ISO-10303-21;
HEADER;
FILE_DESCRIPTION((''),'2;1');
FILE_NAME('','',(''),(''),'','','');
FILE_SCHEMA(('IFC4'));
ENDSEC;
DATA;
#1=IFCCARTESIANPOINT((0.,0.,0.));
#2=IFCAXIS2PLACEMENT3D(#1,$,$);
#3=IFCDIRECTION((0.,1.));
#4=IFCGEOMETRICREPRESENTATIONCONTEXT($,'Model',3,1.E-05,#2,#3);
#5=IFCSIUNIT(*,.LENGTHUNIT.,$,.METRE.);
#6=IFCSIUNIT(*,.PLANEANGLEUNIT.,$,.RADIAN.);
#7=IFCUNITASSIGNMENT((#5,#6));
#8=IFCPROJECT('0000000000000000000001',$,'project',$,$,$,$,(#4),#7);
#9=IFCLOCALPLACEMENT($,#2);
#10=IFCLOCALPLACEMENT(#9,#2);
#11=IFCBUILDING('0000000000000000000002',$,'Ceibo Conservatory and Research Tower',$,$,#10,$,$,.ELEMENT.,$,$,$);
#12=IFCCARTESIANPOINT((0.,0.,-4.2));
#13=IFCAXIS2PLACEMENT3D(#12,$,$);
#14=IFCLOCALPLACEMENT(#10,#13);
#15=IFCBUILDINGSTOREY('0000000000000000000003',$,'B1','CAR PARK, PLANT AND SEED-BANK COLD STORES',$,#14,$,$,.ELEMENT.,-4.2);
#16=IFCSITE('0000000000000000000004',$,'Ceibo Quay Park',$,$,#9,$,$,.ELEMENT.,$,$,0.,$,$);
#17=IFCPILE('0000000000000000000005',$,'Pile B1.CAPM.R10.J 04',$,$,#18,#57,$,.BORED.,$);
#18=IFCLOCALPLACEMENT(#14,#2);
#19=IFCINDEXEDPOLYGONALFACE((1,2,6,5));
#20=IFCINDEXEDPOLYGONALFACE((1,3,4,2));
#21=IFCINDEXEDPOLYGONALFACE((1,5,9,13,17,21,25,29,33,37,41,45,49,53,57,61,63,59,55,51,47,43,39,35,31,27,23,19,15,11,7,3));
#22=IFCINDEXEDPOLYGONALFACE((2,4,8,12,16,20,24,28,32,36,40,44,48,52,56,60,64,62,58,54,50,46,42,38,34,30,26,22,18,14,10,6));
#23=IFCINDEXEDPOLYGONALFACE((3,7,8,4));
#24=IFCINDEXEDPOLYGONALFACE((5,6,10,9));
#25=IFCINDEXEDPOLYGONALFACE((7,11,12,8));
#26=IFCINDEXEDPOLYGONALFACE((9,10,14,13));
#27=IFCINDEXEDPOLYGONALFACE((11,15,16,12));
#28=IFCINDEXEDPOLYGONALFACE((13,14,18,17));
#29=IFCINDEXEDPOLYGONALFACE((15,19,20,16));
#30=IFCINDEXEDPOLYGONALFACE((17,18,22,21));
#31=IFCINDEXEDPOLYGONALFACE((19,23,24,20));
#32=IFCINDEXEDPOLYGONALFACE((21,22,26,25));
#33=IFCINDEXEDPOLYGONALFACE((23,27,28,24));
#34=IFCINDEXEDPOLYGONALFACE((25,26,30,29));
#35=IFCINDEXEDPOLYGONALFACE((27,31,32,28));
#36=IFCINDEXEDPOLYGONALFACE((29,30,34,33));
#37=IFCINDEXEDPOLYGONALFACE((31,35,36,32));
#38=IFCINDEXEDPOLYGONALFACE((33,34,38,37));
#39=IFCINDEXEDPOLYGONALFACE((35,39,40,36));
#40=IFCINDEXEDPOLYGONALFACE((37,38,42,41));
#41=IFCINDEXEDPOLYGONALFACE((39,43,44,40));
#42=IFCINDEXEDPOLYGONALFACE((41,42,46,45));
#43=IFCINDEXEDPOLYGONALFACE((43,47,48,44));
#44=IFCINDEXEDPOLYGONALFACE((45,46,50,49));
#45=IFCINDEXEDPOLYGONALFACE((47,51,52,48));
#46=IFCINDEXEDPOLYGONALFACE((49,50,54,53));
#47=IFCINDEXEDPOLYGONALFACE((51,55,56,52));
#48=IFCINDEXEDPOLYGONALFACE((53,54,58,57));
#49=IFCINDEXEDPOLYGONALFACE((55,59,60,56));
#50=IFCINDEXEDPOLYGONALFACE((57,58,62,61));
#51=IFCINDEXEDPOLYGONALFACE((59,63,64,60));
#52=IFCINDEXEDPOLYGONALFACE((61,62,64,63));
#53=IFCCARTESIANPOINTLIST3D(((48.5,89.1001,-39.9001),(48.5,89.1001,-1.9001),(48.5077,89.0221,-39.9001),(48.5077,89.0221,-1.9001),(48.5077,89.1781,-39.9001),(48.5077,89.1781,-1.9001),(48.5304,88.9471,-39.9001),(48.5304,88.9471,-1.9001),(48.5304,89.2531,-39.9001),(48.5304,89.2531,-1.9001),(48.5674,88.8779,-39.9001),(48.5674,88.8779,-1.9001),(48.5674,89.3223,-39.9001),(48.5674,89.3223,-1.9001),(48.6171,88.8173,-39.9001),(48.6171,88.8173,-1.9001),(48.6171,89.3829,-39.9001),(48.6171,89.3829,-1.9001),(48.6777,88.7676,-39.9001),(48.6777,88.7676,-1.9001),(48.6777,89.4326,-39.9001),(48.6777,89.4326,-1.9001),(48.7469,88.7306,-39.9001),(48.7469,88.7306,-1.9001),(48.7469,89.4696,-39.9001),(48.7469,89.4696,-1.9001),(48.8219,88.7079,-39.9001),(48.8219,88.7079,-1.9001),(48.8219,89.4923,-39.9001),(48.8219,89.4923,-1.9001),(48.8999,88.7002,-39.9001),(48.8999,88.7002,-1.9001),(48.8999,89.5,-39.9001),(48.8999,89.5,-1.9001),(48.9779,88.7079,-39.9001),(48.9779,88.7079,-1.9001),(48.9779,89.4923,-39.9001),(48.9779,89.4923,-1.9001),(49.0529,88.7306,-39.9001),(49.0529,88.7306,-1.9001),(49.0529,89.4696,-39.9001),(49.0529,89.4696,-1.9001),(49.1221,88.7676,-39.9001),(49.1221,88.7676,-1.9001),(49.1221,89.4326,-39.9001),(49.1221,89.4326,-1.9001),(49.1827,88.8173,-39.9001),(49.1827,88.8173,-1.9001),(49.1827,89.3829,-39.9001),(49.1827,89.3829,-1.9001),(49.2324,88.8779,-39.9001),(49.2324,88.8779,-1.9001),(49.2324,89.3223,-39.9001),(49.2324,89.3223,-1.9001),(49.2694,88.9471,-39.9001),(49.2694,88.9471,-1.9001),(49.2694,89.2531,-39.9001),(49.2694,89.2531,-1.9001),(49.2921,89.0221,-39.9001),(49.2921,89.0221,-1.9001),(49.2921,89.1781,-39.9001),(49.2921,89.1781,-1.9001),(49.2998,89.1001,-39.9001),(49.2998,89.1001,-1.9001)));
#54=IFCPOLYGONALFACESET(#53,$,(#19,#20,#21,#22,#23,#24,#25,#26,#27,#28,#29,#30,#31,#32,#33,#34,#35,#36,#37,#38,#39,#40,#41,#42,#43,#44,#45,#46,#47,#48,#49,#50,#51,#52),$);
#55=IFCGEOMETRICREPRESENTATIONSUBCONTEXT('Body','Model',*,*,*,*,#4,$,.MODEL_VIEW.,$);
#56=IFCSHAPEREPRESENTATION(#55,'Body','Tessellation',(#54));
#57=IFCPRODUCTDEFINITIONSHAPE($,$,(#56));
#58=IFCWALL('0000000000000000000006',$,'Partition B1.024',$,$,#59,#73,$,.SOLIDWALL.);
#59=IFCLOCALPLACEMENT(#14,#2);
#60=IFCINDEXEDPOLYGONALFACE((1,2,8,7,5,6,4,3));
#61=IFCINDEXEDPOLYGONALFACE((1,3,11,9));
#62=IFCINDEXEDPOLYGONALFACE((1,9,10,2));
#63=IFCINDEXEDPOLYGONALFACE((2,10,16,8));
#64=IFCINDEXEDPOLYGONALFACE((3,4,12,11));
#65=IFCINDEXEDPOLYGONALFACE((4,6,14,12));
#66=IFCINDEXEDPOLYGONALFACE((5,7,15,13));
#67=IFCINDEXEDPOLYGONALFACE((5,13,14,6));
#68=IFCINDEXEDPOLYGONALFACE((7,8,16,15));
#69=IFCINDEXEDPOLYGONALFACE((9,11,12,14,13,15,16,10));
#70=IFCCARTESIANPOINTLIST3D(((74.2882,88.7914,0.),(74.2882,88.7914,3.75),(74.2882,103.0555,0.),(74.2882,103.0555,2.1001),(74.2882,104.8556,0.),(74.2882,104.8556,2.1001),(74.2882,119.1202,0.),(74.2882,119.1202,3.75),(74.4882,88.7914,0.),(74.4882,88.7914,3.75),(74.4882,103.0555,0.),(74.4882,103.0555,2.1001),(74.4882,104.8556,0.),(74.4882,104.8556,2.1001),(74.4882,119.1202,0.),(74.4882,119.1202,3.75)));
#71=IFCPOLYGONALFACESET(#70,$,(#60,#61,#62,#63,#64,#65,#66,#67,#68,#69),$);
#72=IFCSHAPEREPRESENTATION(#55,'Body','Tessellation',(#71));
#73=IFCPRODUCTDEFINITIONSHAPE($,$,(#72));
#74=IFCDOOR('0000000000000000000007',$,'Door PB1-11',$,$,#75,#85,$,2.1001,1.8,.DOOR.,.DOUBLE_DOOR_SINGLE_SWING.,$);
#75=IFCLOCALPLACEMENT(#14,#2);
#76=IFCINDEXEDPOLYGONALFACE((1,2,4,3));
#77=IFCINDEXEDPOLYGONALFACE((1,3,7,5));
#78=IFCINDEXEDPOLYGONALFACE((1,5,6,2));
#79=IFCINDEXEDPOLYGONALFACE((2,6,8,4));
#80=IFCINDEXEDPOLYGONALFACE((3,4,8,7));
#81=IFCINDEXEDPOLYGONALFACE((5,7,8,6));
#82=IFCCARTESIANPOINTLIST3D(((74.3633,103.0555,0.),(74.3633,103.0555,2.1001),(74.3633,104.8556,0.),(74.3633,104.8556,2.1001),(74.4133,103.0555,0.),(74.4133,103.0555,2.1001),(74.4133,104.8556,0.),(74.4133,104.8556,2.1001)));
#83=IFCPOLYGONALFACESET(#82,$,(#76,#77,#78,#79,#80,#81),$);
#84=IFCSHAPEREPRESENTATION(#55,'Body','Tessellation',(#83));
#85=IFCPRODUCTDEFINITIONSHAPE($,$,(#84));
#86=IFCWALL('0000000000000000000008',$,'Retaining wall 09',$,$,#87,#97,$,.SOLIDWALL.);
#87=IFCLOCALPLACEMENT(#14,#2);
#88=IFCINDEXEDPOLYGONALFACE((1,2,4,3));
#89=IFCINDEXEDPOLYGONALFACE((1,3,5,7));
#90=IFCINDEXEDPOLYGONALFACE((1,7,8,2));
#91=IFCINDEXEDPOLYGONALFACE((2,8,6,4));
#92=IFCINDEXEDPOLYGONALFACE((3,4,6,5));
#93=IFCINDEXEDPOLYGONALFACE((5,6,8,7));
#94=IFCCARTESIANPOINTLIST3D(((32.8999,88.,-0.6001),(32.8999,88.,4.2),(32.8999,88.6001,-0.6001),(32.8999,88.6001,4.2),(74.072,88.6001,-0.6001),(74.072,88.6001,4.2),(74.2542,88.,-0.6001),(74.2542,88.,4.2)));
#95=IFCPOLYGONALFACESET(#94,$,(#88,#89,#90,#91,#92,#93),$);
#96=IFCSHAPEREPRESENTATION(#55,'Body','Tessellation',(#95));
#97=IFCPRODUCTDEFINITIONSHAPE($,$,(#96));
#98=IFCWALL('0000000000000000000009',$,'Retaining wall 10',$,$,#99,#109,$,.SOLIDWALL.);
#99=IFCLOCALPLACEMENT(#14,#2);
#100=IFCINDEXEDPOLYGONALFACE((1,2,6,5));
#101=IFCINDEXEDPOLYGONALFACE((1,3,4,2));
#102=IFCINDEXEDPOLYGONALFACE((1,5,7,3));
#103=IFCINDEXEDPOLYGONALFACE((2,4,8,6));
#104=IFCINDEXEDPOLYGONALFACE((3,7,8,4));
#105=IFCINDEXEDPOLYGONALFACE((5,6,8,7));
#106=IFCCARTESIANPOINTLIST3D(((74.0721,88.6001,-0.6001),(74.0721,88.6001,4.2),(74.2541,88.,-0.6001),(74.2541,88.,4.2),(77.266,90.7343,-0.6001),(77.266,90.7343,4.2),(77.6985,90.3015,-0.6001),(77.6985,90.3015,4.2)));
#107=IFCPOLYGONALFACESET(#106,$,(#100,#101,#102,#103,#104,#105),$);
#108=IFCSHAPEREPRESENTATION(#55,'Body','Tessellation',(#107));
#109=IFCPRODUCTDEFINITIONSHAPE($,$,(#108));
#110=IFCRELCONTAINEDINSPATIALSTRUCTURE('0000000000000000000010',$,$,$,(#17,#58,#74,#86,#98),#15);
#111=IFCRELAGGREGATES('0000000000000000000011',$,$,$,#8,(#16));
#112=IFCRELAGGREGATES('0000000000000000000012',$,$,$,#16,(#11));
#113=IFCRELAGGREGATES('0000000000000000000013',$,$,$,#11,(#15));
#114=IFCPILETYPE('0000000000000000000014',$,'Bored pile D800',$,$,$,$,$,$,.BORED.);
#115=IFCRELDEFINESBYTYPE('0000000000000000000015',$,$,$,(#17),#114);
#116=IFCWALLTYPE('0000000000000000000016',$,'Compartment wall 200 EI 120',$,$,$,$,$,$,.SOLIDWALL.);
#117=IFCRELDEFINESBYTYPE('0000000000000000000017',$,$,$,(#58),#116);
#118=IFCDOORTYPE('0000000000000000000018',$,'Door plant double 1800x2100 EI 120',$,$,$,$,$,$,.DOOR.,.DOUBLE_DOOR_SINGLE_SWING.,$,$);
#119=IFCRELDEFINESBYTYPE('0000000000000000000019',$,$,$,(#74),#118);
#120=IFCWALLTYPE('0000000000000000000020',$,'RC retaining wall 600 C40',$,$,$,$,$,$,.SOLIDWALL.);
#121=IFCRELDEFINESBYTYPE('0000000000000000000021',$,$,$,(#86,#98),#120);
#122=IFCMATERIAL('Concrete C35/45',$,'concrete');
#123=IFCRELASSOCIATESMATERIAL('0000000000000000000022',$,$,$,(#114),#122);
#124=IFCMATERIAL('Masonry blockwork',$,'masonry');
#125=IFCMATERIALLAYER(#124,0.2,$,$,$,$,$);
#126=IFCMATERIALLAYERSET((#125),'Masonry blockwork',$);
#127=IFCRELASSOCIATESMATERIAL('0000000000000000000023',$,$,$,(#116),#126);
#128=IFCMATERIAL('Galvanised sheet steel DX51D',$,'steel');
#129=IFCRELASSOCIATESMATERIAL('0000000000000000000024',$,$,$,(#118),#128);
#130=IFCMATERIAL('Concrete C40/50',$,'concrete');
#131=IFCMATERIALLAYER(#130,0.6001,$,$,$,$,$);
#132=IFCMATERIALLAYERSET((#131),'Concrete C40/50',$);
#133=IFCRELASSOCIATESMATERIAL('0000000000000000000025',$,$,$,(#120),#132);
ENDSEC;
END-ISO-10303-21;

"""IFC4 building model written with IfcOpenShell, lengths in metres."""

from ifc_helpers import new_model, si_unit, direction, frame, frame_2d, origin, origin_2d, place, context, subcontext, project, spatial, polyline, rectangle, circle, outline, extrude, material, layer, layer_set, material_profile, profile_set, type_object, element, fill, save


model = new_model("IFC4")

# Units and contexts
model_context = context("Model", 3, precision=1e-05, world=origin(), true_north=direction((0.0, 1.0)))
body_context = subcontext(model_context, "Body", "Model", "MODEL_VIEW")
ifc_project = project(units=[si_unit("LENGTHUNIT", "METRE"), si_unit("PLANEANGLEUNIT", "RADIAN")], contexts=[model_context])

# Site, building, storey
site_placement = place(None, origin())
site = spatial("IfcSite", under=ifc_project, at=site_placement, Name="Ceibo Quay Park", CompositionType="ELEMENT", RefElevation=0.0)
building_placement = place(site_placement, origin())
building = spatial("IfcBuilding", under=site, at=building_placement, Name="Ceibo Conservatory and Research Tower", CompositionType="ELEMENT")
storey_placement = place(building_placement, frame((0.0, 0.0, -4.2)))
storey = spatial("IfcBuildingStorey", under=building, at=storey_placement, Name="B1", Description="CAR PARK, PLANT AND SEED-BANK COLD STORES", CompositionType="ELEMENT", Elevation=-4.2)

# Pile
ifc_material_1 = material(Name="Concrete C35/45", Category="concrete")
ifc_material_profile_1 = material_profile(ifc_material_1, circle(Radius=0.3999, at=origin_2d()), Name="RC D800")
ifc_profile_set_1 = profile_set([ifc_material_profile_1], Name="Concrete C35/45")
pile_type_1 = type_object("IfcPileType", Name="Bored pile D800", PredefinedType="BORED", material=ifc_profile_set_1)
pile_placement = place(storey_placement, frame((48.8999, 89.1001, -1.9001), z_axis=(0.0, 0.0, -1.0), x_axis=(1.0, 0.0, 0.0)))
element("IfcPile", 1, at=pile_placement, inside=storey, type_object=pile_type_1, Name="Pile B1.CAPM.R10.J 04", PredefinedType="BORED", context=body_context, shape_type="SweptSolid", body=[
    extrude(circle(Radius=0.3999, at=origin_2d()), origin(), (0.0, 0.0, 1.0), 38.0),
])

# Wall, opening, door
ifc_material_2 = material(Name="Masonry blockwork", Category="masonry")
ifc_layer_1 = layer(ifc_material_2, 0.2)
ifc_layer_set_1 = layer_set([ifc_layer_1], Name="Masonry blockwork")
wall_type_1 = type_object("IfcWallType", Name="Compartment wall 200 EI 120", PredefinedType="SOLIDWALL", material=ifc_layer_set_1)
wall_1_placement = place(storey_placement, frame((74.3882, 88.7913, 0.0), z_axis=(0.0, 0.0, 1.0), x_axis=(0.0, 1.0, 0.0)))
wall_1 = element("IfcWall", 2, at=wall_1_placement, inside=storey, type_object=wall_type_1, Name="Partition B1.024", PredefinedType="SOLIDWALL", context=body_context, shape_type="SweptSolid", body=[
    extrude(rectangle(XDim=30.3289, YDim=0.2, at=frame_2d((15.1646, 0.0))), origin(), (0.0, 0.0, 1.0), 3.75),
])
opening_placement = place(wall_1_placement, frame((14.2644, 0.0, 0.0)))
opening = element("IfcOpeningElement", 3, at=opening_placement, cuts=wall_1, PredefinedType="OPENING", context=body_context, shape_type="SweptSolid", body=[
    extrude(rectangle(XDim=1.8, YDim=2.1001, at=frame_2d((0.8999, 1.05))), frame((0.0, 0.1099, 0.0), z_axis=(0.0, -1.0, 0.0), x_axis=(1.0, 0.0, 0.0)), (0.0, 0.0, 1.0), 0.22),
])
ifc_material_3 = material(Name="Galvanised sheet steel DX51D", Category="steel")
door_type = type_object("IfcDoorType", Name="Door plant double 1800x2100 EI 120", OperationType="DOUBLE_DOOR_SINGLE_SWING", PredefinedType="DOOR", material=ifc_material_3)
door_placement = place(opening_placement, origin())
door = element("IfcDoor", 4, at=door_placement, inside=storey, type_object=door_type, Name="Door PB1-11", OperationType="DOUBLE_DOOR_SINGLE_SWING", OverallHeight=2.1001, OverallWidth=1.8, PredefinedType="DOOR", context=body_context, shape_type="SweptSolid", body=[
    extrude(rectangle(XDim=1.8, YDim=2.1001, at=frame_2d((0.8999, 1.05))), frame((0.0, 0.0249, 0.0), z_axis=(0.0, -1.0, 0.0), x_axis=(1.0, 0.0, 0.0)), (0.0, 0.0, 1.0), 0.05),
])
fill(opening, door)

# Walls
ifc_material_4 = material(Name="Concrete C40/50", Category="concrete")
ifc_layer_2 = layer(ifc_material_4, 0.6001)
ifc_layer_set_2 = layer_set([ifc_layer_2], Name="Concrete C40/50")
wall_type_2 = type_object("IfcWallType", Name="RC retaining wall 600 C40", PredefinedType="SOLIDWALL", material=ifc_layer_set_2)
wall_2_placement = place(storey_placement, frame((32.8999, 88.3, -0.6001), z_axis=(0.0, 0.0, 1.0), x_axis=(1.0, 0.0, 0.0)))
element("IfcWall", 5, at=wall_2_placement, inside=storey, type_object=wall_type_2, Name="Retaining wall 09", PredefinedType="SOLIDWALL", context=body_context, shape_type="SweptSolid", body=[
    extrude(outline(polyline([(0.0, -0.3), (41.3542, -0.3), (41.1721, 0.3), (0.0, 0.3), (0.0, -0.3)])), origin(), (0.0, 0.0, 1.0), 4.8),
])
wall_3_placement = place(storey_placement, frame((74.1631, 88.3, -0.6001), z_axis=(0.0, 0.0, 1.0), x_axis=(0.831466, 0.555575, 0.0)))
element("IfcWall", 6, at=wall_3_placement, inside=storey, type_object=wall_type_2, Name="Retaining wall 10", PredefinedType="SOLIDWALL", context=body_context, shape_type="SweptSolid", body=[
    extrude(outline(polyline([(-0.0911, -0.3), (4.0515, -0.3), (3.9324, 0.3), (0.0911, 0.3), (-0.0911, -0.3)])), origin(), (0.0, 0.0, 1.0), 4.8),
])

save(model, "model.ifc")
